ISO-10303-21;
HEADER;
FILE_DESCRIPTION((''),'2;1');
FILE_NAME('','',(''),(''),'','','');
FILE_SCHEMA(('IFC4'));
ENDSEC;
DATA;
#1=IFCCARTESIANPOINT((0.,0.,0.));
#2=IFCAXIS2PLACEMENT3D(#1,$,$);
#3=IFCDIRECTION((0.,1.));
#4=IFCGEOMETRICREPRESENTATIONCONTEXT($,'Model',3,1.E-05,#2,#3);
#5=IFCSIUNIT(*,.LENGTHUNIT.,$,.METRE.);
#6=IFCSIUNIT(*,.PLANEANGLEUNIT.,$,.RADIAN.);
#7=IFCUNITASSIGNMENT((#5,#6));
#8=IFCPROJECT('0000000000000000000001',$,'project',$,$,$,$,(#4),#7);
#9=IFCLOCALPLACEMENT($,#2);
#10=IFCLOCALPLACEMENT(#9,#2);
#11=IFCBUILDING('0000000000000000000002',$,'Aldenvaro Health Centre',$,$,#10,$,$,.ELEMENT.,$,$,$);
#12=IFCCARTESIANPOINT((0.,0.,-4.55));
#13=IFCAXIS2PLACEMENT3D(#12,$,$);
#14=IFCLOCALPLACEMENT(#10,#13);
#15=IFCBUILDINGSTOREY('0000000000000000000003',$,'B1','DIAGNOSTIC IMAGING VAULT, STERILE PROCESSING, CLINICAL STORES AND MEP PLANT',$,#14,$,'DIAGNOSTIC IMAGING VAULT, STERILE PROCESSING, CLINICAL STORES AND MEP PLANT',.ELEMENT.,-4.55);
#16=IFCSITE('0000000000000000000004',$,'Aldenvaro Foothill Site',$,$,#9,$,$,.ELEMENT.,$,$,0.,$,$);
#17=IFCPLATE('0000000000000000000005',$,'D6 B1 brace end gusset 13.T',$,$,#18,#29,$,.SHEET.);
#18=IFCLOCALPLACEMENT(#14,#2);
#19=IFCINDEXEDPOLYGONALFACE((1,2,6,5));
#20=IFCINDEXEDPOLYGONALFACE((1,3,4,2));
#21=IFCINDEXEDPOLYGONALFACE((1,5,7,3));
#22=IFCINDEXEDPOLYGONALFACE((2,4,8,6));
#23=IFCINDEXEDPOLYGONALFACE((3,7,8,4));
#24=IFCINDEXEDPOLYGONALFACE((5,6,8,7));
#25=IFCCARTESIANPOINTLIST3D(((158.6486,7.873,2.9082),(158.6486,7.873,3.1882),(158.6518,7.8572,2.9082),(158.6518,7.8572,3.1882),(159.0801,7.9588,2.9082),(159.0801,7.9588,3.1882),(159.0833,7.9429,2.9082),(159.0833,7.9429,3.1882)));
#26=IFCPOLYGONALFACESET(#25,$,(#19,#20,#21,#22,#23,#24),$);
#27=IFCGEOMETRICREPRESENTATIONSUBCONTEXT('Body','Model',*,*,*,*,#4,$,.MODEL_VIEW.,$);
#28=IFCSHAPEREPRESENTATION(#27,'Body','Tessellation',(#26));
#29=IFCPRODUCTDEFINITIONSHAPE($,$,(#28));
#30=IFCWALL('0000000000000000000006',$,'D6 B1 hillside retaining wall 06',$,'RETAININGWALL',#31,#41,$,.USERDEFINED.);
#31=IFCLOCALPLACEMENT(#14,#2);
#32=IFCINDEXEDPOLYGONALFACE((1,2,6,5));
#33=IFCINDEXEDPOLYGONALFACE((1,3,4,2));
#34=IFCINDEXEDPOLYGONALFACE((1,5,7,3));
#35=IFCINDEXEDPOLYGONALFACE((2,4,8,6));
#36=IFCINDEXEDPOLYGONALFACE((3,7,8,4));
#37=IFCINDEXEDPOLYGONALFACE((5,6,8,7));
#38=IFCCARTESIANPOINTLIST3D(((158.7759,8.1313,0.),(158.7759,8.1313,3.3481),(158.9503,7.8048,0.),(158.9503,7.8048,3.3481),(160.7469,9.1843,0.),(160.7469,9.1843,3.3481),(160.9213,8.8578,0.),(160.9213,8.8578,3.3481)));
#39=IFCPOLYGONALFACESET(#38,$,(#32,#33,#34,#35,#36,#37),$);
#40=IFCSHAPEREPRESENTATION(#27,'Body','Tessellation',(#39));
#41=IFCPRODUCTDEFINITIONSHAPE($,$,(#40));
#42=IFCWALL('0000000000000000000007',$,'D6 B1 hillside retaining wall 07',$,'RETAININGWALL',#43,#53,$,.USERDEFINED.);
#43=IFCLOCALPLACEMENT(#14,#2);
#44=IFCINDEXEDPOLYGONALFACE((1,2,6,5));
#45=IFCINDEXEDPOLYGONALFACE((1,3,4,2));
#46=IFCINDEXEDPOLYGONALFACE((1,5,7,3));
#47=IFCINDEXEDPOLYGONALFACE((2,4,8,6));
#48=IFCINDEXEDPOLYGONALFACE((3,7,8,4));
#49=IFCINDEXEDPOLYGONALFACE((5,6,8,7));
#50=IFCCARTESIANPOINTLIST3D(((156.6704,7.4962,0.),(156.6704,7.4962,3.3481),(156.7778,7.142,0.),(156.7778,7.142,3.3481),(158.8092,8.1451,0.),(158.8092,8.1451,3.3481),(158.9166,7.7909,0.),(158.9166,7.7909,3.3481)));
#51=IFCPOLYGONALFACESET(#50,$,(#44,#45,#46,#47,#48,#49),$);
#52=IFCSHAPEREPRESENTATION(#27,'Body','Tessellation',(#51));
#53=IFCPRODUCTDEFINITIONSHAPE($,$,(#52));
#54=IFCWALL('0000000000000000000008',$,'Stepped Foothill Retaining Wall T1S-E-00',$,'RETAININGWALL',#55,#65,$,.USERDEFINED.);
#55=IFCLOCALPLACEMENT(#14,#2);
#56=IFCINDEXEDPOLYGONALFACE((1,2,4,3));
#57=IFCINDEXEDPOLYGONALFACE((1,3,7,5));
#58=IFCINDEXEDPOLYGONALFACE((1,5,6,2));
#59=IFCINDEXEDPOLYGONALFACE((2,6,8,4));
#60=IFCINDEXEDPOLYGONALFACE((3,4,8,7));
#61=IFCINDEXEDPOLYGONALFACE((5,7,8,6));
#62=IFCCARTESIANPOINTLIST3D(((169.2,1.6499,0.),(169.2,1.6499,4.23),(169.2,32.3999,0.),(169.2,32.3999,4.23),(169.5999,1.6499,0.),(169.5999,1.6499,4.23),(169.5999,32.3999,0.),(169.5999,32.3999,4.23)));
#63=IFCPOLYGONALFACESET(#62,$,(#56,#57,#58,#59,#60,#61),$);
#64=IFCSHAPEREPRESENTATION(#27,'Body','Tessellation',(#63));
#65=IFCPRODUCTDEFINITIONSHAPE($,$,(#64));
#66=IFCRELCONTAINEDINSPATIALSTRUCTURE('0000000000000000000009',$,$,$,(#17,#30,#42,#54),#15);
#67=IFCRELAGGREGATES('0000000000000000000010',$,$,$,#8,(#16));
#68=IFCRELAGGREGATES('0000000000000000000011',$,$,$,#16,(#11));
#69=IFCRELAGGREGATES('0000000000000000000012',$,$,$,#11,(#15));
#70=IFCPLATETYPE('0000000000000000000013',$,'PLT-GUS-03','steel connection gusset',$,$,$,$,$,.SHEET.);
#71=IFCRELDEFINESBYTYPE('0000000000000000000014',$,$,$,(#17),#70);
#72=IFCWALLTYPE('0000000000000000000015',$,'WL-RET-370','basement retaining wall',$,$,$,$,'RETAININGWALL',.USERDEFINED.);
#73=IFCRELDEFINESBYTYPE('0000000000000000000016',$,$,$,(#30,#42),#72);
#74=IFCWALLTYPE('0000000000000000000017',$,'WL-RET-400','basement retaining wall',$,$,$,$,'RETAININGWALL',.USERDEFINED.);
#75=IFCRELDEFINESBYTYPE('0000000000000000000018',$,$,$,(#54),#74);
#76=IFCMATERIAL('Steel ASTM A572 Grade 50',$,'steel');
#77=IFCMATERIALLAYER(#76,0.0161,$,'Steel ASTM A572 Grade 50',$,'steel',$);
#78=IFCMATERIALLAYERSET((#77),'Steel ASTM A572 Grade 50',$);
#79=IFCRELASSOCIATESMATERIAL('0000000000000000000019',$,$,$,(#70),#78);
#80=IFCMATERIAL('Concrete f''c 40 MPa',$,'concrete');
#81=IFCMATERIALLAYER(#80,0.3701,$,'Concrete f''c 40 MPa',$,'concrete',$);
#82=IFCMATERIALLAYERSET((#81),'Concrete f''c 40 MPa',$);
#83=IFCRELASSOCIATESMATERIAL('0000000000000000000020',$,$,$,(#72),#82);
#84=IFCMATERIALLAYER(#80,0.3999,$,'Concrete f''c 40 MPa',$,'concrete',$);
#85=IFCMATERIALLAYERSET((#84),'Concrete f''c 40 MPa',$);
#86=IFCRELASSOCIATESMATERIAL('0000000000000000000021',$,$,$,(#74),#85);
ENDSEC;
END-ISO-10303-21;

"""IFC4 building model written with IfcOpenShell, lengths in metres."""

from ifc_helpers import new_model, si_unit, direction, frame, frame_2d, origin, origin_2d, place, context, subcontext, project, spatial, rectangle, extrude, material, layer, layer_set, type_object, element, save


model = new_model("IFC4")

# Units and contexts
model_context = context("Model", 3, precision=1e-05, world=origin(), true_north=direction((0.0, 1.0)))
body_context = subcontext(model_context, "Body", "Model", "MODEL_VIEW")
ifc_project = project(units=[si_unit("LENGTHUNIT", "METRE"), si_unit("PLANEANGLEUNIT", "RADIAN")], contexts=[model_context])

# Site, building, storey
site_placement = place(None, origin())
site = spatial("IfcSite", under=ifc_project, at=site_placement, Name="Aldenvaro Foothill Site", CompositionType="ELEMENT", RefElevation=0.0)
building_placement = place(site_placement, origin())
building = spatial("IfcBuilding", under=site, at=building_placement, Name="Aldenvaro Health Centre", CompositionType="ELEMENT")
storey_placement = place(building_placement, frame((0.0, 0.0, -4.55)))
storey = spatial("IfcBuildingStorey", under=building, at=storey_placement, Name="B1", Description="DIAGNOSTIC IMAGING VAULT, STERILE PROCESSING, CLINICAL STORES AND MEP PLANT", LongName="DIAGNOSTIC IMAGING VAULT, STERILE PROCESSING, CLINICAL STORES AND MEP PLANT", CompositionType="ELEMENT", Elevation=-4.55)

# Shared definitions
ifc_material_1 = material(Name="Concrete f'c 40 MPa", Category="concrete")

# Plate
ifc_material_2 = material(Name="Steel ASTM A572 Grade 50", Category="steel")
ifc_layer_1 = layer(ifc_material_2, 0.0161, Name="Steel ASTM A572 Grade 50", Category="steel")
ifc_layer_set_1 = layer_set([ifc_layer_1], Name="Steel ASTM A572 Grade 50")
plate_type = type_object("IfcPlateType", Name="PLT-GUS-03", Description="steel connection gusset", PredefinedType="SHEET", material=ifc_layer_set_1)
plate_placement = place(storey_placement, frame((158.866, 7.908, 2.9082), z_axis=(0.0, 0.0, 1.0), x_axis=(0.980806, 0.194988, 0.0)))
element("IfcPlate", 1, at=plate_placement, inside=storey, type_object=plate_type, Name="D6 B1 brace end gusset 13.T", PredefinedType="SHEET", context=body_context, shape_type="SweptSolid", body=[
    extrude(rectangle(XDim=0.4399, YDim=0.0161, at=origin_2d()), origin(), (0.0, 0.0, 1.0), 0.28),
])

# Walls
ifc_layer_2 = layer(ifc_material_1, 0.3701, Name="Concrete f'c 40 MPa", Category="concrete")
ifc_layer_set_2 = layer_set([ifc_layer_2], Name="Concrete f'c 40 MPa")
wall_type_1 = type_object("IfcWallType", Name="WL-RET-370", Description="basement retaining wall", ElementType="RETAININGWALL", PredefinedType="USERDEFINED", material=ifc_layer_set_2)
wall_1_placement = place(storey_placement, frame((160.834, 9.021, 0.0), z_axis=(0.0, 0.0, 1.0), x_axis=(-0.882017, -0.471218, 0.0)))
element("IfcWall", 2, at=wall_1_placement, inside=storey, type_object=wall_type_1, Name="D6 B1 hillside retaining wall 06", ObjectType="RETAININGWALL", PredefinedType="USERDEFINED", context=body_context, shape_type="SweptSolid", body=[
    extrude(rectangle(XDim=2.2346, YDim=0.3701, at=frame_2d((1.1172, 0.0))), origin(), (0.0, 0.0, 1.0), 3.3481),
])
wall_2_placement = place(storey_placement, frame((158.863, 7.968, 0.0), z_axis=(0.0, 0.0, 1.0), x_axis=(-0.956929, -0.290323, 0.0)))
element("IfcWall", 3, at=wall_2_placement, inside=storey, type_object=wall_type_1, Name="D6 B1 hillside retaining wall 07", ObjectType="RETAININGWALL", PredefinedType="USERDEFINED", context=body_context, shape_type="SweptSolid", body=[
    extrude(rectangle(XDim=2.2351, YDim=0.3701, at=frame_2d((1.1177, 0.0))), origin(), (0.0, 0.0, 1.0), 3.3481),
])
ifc_layer_3 = layer(ifc_material_1, 0.3999, Name="Concrete f'c 40 MPa", Category="concrete")
ifc_layer_set_3 = layer_set([ifc_layer_3], Name="Concrete f'c 40 MPa")
wall_type_2 = type_object("IfcWallType", Name="WL-RET-400", Description="basement retaining wall", ElementType="RETAININGWALL", PredefinedType="USERDEFINED", material=ifc_layer_set_3)
wall_3_placement = place(storey_placement, frame((169.3999, 1.6499, 0.0), z_axis=(0.0, 0.0, 1.0), x_axis=(0.0, 1.0, 0.0)))
element("IfcWall", 4, at=wall_3_placement, inside=storey, type_object=wall_type_2, Name="Stepped Foothill Retaining Wall T1S-E-00", ObjectType="RETAININGWALL", PredefinedType="USERDEFINED", context=body_context, shape_type="SweptSolid", body=[
    extrude(rectangle(XDim=30.75, YDim=0.3999, at=frame_2d((15.375, 0.0))), origin(), (0.0, 0.0, 1.0), 4.23),
])

save(model, "model.ifc")
